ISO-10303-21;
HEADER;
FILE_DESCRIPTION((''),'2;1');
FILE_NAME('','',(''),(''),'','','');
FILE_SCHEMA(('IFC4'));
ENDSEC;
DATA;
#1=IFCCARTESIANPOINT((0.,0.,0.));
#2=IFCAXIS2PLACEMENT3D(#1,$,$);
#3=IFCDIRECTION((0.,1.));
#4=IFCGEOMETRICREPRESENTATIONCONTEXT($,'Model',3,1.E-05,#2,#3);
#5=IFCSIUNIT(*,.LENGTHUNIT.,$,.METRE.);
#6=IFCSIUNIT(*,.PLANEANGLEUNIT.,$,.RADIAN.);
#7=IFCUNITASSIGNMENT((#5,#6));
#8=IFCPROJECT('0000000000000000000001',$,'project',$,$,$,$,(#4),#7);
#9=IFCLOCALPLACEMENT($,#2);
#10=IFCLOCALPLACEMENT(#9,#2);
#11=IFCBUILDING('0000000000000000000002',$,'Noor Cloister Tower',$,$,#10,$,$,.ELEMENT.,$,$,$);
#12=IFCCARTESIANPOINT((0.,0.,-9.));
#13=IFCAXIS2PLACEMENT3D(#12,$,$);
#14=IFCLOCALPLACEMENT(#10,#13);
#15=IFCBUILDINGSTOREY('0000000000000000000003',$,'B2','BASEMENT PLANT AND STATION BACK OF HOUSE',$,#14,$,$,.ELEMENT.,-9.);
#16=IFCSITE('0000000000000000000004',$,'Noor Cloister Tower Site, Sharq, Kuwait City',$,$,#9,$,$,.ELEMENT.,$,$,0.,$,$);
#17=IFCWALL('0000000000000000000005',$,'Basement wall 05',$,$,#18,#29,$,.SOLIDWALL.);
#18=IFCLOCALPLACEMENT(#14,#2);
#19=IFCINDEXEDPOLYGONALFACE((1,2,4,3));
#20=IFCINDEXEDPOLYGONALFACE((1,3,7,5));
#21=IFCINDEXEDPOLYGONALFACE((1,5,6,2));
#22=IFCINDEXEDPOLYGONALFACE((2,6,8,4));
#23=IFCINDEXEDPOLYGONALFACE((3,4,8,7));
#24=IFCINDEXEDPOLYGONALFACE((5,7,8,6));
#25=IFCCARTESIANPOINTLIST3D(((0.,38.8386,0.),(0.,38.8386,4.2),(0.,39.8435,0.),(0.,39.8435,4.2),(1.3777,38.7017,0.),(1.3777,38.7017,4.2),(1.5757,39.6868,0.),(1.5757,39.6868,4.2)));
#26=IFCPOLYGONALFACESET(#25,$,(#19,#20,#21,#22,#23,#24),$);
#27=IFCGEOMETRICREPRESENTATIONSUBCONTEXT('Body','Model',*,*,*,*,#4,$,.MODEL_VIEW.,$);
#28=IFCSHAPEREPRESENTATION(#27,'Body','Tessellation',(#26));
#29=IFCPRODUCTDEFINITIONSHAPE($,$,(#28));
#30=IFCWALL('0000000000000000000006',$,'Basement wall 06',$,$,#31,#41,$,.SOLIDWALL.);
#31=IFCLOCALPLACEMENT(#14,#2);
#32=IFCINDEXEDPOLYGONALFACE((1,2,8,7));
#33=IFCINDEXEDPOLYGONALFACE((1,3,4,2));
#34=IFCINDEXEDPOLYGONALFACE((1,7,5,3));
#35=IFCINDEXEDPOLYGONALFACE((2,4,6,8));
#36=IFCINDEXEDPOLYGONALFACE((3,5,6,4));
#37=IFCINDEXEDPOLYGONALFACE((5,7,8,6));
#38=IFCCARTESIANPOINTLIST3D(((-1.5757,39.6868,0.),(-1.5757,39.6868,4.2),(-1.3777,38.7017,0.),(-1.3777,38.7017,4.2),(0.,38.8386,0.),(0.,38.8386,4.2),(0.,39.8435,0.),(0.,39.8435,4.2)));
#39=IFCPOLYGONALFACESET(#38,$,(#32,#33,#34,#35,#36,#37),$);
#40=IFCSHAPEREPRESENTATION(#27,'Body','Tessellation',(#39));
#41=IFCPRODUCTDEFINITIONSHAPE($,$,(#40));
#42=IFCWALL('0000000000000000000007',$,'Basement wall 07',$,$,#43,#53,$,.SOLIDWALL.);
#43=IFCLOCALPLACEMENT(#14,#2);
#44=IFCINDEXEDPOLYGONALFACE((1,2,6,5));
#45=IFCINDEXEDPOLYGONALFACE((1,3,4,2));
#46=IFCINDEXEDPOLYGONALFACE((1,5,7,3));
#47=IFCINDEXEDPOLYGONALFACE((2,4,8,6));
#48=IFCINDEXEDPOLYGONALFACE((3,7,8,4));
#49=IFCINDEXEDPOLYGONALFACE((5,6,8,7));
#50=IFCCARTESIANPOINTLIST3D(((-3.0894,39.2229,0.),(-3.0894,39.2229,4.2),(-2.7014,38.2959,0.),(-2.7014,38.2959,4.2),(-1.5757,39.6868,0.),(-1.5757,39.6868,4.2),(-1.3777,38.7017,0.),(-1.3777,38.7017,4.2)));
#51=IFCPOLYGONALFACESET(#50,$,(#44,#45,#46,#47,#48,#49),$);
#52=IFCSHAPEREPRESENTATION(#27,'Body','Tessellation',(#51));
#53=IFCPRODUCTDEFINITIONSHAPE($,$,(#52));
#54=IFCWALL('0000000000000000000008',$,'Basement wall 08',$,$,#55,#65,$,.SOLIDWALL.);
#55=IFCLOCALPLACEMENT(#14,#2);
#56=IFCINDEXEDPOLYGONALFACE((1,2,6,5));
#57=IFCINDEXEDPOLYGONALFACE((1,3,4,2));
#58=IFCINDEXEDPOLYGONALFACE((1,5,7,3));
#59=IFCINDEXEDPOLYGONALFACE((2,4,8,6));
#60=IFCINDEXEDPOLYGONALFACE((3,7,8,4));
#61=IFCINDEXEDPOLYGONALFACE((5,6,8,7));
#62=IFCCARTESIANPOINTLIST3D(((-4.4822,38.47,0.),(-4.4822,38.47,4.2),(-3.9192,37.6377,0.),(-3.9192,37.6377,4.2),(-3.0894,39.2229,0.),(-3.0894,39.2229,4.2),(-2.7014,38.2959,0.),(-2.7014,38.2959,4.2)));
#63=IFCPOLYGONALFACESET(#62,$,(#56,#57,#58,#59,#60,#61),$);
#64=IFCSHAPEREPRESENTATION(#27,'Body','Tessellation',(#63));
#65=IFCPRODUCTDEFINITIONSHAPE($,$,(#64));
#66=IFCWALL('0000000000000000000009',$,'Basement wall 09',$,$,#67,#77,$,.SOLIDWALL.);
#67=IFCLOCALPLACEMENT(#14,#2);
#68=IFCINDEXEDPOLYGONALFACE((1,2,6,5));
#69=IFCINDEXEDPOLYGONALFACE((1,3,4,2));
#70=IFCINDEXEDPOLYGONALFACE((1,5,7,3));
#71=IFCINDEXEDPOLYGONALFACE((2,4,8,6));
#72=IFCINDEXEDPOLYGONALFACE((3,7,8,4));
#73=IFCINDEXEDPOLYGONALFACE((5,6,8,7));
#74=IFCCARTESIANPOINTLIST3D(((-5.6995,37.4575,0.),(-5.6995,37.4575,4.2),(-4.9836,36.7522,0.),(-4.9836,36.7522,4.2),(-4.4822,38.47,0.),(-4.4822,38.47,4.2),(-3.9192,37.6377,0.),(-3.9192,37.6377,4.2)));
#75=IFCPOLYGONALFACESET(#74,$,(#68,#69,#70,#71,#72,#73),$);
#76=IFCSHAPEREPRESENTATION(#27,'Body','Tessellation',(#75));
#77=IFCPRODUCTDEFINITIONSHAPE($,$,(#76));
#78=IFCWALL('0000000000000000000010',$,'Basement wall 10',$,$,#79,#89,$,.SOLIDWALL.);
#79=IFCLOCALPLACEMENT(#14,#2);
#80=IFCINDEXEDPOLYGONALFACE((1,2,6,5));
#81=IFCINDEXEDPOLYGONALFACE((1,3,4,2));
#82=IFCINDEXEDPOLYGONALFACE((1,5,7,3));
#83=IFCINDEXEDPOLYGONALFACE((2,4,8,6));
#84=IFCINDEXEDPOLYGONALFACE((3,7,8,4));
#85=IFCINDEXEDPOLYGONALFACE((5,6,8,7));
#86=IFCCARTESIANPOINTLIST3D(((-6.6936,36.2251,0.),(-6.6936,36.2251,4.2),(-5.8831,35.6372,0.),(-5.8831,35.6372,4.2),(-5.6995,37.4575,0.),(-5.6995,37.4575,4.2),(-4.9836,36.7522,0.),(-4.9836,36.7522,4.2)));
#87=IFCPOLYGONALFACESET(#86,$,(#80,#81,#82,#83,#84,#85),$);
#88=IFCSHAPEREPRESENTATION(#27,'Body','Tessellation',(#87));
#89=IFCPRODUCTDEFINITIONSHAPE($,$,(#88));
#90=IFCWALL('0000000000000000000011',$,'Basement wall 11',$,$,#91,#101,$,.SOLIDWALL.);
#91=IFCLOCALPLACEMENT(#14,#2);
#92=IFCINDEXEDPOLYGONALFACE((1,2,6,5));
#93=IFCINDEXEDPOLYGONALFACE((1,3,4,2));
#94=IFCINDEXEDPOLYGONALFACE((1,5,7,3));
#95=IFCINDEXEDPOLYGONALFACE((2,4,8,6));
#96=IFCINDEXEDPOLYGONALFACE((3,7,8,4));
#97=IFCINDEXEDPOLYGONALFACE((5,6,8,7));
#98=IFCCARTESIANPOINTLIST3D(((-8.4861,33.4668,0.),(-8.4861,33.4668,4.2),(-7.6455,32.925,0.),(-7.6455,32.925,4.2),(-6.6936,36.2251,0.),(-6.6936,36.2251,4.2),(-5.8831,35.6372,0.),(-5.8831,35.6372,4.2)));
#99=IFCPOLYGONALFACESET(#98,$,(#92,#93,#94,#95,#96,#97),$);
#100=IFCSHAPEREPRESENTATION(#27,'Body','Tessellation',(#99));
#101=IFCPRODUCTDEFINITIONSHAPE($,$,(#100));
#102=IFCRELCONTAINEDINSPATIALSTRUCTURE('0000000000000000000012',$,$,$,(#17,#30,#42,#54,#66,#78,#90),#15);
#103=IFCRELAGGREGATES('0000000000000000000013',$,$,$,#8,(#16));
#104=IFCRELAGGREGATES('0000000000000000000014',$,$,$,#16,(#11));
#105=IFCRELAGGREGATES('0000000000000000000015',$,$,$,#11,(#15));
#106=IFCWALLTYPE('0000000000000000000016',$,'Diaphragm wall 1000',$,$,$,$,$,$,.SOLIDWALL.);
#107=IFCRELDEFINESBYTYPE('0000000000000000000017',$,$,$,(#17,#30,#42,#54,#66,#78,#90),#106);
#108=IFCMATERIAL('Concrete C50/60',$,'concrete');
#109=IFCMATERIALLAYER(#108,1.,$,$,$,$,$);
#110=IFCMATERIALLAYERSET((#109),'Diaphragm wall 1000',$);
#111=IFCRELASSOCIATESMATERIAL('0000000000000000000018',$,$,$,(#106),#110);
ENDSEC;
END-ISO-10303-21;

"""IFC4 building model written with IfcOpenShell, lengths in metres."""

from ifc_helpers import new_model, si_unit, direction, frame, origin, place, context, subcontext, project, spatial, polyline, outline, extrude, material, layer, layer_set, type_object, element, save


model = new_model("IFC4")

# Units and contexts
model_context = context("Model", 3, precision=1e-05, world=origin(), true_north=direction((0.0, 1.0)))
body_context = subcontext(model_context, "Body", "Model", "MODEL_VIEW")
ifc_project = project(units=[si_unit("LENGTHUNIT", "METRE"), si_unit("PLANEANGLEUNIT", "RADIAN")], contexts=[model_context])

# Site, building, storey
site_placement = place(None, origin())
site = spatial("IfcSite", under=ifc_project, at=site_placement, Name="Noor Cloister Tower Site, Sharq, Kuwait City", CompositionType="ELEMENT", RefElevation=0.0)
building_placement = place(site_placement, origin())
building = spatial("IfcBuilding", under=site, at=building_placement, Name="Noor Cloister Tower", CompositionType="ELEMENT")
storey_placement = place(building_placement, frame((0.0, 0.0, -9.0)))
storey = spatial("IfcBuildingStorey", under=building, at=storey_placement, Name="B2", Description="BASEMENT PLANT AND STATION BACK OF HOUSE", CompositionType="ELEMENT", Elevation=-9.0)

# Walls
ifc_material_1 = material(Name="Concrete C50/60", Category="concrete")
ifc_layer_1 = layer(ifc_material_1, 1.0)
ifc_layer_set_1 = layer_set([ifc_layer_1], Name="Diaphragm wall 1000")
wall_type = type_object("IfcWallType", Name="Diaphragm wall 1000", PredefinedType="SOLIDWALL", material=ifc_layer_set_1)
wall_1_placement = place(storey_placement, origin())
element("IfcWall", 1, at=wall_1_placement, inside=storey, type_object=wall_type, Name="Basement wall 05", PredefinedType="SOLIDWALL", context=body_context, shape_type="SweptSolid", body=[
    extrude(outline(polyline([(1.5757, 39.6868), (0.0, 39.8435), (0.0, 38.8386), (1.3777, 38.7017), (1.5757, 39.6868)])), origin(), (0.0, 0.0, 1.0), 4.2),
])
wall_2_placement = place(storey_placement, origin())
element("IfcWall", 2, at=wall_2_placement, inside=storey, type_object=wall_type, Name="Basement wall 06", PredefinedType="SOLIDWALL", context=body_context, shape_type="SweptSolid", body=[
    extrude(outline(polyline([(0.0, 39.8435), (-1.5757, 39.6868), (-1.3777, 38.7017), (0.0, 38.8386), (0.0, 39.8435)])), origin(), (0.0, 0.0, 1.0), 4.2),
])
wall_3_placement = place(storey_placement, origin())
element("IfcWall", 3, at=wall_3_placement, inside=storey, type_object=wall_type, Name="Basement wall 07", PredefinedType="SOLIDWALL", context=body_context, shape_type="SweptSolid", body=[
    extrude(outline(polyline([(-1.5757, 39.6868), (-3.0894, 39.2229), (-2.7014, 38.2959), (-1.3777, 38.7017), (-1.5757, 39.6868)])), origin(), (0.0, 0.0, 1.0), 4.2),
])
wall_4_placement = place(storey_placement, origin())
element("IfcWall", 4, at=wall_4_placement, inside=storey, type_object=wall_type, Name="Basement wall 08", PredefinedType="SOLIDWALL", context=body_context, shape_type="SweptSolid", body=[
    extrude(outline(polyline([(-3.0894, 39.2229), (-4.4822, 38.47), (-3.9192, 37.6377), (-2.7014, 38.2959), (-3.0894, 39.2229)])), origin(), (0.0, 0.0, 1.0), 4.2),
])
wall_5_placement = place(storey_placement, origin())
element("IfcWall", 5, at=wall_5_placement, inside=storey, type_object=wall_type, Name="Basement wall 09", PredefinedType="SOLIDWALL", context=body_context, shape_type="SweptSolid", body=[
    extrude(outline(polyline([(-4.4822, 38.47), (-5.6995, 37.4575), (-4.9836, 36.7522), (-3.9192, 37.6377), (-4.4822, 38.47)])), origin(), (0.0, 0.0, 1.0), 4.2),
])
wall_6_placement = place(storey_placement, origin())
element("IfcWall", 6, at=wall_6_placement, inside=storey, type_object=wall_type, Name="Basement wall 10", PredefinedType="SOLIDWALL", context=body_context, shape_type="SweptSolid", body=[
    extrude(outline(polyline([(-5.6995, 37.4575), (-6.6936, 36.2251), (-5.8831, 35.6372), (-4.9836, 36.7522), (-5.6995, 37.4575)])), origin(), (0.0, 0.0, 1.0), 4.2),
])
wall_7_placement = place(storey_placement, origin())
element("IfcWall", 7, at=wall_7_placement, inside=storey, type_object=wall_type, Name="Basement wall 11", PredefinedType="SOLIDWALL", context=body_context, shape_type="SweptSolid", body=[
    extrude(outline(polyline([(-6.6936, 36.2251), (-8.4861, 33.4668), (-7.6455, 32.925), (-5.8831, 35.6372), (-6.6936, 36.2251)])), origin(), (0.0, 0.0, 1.0), 4.2),
])

save(model, "model.ifc")
